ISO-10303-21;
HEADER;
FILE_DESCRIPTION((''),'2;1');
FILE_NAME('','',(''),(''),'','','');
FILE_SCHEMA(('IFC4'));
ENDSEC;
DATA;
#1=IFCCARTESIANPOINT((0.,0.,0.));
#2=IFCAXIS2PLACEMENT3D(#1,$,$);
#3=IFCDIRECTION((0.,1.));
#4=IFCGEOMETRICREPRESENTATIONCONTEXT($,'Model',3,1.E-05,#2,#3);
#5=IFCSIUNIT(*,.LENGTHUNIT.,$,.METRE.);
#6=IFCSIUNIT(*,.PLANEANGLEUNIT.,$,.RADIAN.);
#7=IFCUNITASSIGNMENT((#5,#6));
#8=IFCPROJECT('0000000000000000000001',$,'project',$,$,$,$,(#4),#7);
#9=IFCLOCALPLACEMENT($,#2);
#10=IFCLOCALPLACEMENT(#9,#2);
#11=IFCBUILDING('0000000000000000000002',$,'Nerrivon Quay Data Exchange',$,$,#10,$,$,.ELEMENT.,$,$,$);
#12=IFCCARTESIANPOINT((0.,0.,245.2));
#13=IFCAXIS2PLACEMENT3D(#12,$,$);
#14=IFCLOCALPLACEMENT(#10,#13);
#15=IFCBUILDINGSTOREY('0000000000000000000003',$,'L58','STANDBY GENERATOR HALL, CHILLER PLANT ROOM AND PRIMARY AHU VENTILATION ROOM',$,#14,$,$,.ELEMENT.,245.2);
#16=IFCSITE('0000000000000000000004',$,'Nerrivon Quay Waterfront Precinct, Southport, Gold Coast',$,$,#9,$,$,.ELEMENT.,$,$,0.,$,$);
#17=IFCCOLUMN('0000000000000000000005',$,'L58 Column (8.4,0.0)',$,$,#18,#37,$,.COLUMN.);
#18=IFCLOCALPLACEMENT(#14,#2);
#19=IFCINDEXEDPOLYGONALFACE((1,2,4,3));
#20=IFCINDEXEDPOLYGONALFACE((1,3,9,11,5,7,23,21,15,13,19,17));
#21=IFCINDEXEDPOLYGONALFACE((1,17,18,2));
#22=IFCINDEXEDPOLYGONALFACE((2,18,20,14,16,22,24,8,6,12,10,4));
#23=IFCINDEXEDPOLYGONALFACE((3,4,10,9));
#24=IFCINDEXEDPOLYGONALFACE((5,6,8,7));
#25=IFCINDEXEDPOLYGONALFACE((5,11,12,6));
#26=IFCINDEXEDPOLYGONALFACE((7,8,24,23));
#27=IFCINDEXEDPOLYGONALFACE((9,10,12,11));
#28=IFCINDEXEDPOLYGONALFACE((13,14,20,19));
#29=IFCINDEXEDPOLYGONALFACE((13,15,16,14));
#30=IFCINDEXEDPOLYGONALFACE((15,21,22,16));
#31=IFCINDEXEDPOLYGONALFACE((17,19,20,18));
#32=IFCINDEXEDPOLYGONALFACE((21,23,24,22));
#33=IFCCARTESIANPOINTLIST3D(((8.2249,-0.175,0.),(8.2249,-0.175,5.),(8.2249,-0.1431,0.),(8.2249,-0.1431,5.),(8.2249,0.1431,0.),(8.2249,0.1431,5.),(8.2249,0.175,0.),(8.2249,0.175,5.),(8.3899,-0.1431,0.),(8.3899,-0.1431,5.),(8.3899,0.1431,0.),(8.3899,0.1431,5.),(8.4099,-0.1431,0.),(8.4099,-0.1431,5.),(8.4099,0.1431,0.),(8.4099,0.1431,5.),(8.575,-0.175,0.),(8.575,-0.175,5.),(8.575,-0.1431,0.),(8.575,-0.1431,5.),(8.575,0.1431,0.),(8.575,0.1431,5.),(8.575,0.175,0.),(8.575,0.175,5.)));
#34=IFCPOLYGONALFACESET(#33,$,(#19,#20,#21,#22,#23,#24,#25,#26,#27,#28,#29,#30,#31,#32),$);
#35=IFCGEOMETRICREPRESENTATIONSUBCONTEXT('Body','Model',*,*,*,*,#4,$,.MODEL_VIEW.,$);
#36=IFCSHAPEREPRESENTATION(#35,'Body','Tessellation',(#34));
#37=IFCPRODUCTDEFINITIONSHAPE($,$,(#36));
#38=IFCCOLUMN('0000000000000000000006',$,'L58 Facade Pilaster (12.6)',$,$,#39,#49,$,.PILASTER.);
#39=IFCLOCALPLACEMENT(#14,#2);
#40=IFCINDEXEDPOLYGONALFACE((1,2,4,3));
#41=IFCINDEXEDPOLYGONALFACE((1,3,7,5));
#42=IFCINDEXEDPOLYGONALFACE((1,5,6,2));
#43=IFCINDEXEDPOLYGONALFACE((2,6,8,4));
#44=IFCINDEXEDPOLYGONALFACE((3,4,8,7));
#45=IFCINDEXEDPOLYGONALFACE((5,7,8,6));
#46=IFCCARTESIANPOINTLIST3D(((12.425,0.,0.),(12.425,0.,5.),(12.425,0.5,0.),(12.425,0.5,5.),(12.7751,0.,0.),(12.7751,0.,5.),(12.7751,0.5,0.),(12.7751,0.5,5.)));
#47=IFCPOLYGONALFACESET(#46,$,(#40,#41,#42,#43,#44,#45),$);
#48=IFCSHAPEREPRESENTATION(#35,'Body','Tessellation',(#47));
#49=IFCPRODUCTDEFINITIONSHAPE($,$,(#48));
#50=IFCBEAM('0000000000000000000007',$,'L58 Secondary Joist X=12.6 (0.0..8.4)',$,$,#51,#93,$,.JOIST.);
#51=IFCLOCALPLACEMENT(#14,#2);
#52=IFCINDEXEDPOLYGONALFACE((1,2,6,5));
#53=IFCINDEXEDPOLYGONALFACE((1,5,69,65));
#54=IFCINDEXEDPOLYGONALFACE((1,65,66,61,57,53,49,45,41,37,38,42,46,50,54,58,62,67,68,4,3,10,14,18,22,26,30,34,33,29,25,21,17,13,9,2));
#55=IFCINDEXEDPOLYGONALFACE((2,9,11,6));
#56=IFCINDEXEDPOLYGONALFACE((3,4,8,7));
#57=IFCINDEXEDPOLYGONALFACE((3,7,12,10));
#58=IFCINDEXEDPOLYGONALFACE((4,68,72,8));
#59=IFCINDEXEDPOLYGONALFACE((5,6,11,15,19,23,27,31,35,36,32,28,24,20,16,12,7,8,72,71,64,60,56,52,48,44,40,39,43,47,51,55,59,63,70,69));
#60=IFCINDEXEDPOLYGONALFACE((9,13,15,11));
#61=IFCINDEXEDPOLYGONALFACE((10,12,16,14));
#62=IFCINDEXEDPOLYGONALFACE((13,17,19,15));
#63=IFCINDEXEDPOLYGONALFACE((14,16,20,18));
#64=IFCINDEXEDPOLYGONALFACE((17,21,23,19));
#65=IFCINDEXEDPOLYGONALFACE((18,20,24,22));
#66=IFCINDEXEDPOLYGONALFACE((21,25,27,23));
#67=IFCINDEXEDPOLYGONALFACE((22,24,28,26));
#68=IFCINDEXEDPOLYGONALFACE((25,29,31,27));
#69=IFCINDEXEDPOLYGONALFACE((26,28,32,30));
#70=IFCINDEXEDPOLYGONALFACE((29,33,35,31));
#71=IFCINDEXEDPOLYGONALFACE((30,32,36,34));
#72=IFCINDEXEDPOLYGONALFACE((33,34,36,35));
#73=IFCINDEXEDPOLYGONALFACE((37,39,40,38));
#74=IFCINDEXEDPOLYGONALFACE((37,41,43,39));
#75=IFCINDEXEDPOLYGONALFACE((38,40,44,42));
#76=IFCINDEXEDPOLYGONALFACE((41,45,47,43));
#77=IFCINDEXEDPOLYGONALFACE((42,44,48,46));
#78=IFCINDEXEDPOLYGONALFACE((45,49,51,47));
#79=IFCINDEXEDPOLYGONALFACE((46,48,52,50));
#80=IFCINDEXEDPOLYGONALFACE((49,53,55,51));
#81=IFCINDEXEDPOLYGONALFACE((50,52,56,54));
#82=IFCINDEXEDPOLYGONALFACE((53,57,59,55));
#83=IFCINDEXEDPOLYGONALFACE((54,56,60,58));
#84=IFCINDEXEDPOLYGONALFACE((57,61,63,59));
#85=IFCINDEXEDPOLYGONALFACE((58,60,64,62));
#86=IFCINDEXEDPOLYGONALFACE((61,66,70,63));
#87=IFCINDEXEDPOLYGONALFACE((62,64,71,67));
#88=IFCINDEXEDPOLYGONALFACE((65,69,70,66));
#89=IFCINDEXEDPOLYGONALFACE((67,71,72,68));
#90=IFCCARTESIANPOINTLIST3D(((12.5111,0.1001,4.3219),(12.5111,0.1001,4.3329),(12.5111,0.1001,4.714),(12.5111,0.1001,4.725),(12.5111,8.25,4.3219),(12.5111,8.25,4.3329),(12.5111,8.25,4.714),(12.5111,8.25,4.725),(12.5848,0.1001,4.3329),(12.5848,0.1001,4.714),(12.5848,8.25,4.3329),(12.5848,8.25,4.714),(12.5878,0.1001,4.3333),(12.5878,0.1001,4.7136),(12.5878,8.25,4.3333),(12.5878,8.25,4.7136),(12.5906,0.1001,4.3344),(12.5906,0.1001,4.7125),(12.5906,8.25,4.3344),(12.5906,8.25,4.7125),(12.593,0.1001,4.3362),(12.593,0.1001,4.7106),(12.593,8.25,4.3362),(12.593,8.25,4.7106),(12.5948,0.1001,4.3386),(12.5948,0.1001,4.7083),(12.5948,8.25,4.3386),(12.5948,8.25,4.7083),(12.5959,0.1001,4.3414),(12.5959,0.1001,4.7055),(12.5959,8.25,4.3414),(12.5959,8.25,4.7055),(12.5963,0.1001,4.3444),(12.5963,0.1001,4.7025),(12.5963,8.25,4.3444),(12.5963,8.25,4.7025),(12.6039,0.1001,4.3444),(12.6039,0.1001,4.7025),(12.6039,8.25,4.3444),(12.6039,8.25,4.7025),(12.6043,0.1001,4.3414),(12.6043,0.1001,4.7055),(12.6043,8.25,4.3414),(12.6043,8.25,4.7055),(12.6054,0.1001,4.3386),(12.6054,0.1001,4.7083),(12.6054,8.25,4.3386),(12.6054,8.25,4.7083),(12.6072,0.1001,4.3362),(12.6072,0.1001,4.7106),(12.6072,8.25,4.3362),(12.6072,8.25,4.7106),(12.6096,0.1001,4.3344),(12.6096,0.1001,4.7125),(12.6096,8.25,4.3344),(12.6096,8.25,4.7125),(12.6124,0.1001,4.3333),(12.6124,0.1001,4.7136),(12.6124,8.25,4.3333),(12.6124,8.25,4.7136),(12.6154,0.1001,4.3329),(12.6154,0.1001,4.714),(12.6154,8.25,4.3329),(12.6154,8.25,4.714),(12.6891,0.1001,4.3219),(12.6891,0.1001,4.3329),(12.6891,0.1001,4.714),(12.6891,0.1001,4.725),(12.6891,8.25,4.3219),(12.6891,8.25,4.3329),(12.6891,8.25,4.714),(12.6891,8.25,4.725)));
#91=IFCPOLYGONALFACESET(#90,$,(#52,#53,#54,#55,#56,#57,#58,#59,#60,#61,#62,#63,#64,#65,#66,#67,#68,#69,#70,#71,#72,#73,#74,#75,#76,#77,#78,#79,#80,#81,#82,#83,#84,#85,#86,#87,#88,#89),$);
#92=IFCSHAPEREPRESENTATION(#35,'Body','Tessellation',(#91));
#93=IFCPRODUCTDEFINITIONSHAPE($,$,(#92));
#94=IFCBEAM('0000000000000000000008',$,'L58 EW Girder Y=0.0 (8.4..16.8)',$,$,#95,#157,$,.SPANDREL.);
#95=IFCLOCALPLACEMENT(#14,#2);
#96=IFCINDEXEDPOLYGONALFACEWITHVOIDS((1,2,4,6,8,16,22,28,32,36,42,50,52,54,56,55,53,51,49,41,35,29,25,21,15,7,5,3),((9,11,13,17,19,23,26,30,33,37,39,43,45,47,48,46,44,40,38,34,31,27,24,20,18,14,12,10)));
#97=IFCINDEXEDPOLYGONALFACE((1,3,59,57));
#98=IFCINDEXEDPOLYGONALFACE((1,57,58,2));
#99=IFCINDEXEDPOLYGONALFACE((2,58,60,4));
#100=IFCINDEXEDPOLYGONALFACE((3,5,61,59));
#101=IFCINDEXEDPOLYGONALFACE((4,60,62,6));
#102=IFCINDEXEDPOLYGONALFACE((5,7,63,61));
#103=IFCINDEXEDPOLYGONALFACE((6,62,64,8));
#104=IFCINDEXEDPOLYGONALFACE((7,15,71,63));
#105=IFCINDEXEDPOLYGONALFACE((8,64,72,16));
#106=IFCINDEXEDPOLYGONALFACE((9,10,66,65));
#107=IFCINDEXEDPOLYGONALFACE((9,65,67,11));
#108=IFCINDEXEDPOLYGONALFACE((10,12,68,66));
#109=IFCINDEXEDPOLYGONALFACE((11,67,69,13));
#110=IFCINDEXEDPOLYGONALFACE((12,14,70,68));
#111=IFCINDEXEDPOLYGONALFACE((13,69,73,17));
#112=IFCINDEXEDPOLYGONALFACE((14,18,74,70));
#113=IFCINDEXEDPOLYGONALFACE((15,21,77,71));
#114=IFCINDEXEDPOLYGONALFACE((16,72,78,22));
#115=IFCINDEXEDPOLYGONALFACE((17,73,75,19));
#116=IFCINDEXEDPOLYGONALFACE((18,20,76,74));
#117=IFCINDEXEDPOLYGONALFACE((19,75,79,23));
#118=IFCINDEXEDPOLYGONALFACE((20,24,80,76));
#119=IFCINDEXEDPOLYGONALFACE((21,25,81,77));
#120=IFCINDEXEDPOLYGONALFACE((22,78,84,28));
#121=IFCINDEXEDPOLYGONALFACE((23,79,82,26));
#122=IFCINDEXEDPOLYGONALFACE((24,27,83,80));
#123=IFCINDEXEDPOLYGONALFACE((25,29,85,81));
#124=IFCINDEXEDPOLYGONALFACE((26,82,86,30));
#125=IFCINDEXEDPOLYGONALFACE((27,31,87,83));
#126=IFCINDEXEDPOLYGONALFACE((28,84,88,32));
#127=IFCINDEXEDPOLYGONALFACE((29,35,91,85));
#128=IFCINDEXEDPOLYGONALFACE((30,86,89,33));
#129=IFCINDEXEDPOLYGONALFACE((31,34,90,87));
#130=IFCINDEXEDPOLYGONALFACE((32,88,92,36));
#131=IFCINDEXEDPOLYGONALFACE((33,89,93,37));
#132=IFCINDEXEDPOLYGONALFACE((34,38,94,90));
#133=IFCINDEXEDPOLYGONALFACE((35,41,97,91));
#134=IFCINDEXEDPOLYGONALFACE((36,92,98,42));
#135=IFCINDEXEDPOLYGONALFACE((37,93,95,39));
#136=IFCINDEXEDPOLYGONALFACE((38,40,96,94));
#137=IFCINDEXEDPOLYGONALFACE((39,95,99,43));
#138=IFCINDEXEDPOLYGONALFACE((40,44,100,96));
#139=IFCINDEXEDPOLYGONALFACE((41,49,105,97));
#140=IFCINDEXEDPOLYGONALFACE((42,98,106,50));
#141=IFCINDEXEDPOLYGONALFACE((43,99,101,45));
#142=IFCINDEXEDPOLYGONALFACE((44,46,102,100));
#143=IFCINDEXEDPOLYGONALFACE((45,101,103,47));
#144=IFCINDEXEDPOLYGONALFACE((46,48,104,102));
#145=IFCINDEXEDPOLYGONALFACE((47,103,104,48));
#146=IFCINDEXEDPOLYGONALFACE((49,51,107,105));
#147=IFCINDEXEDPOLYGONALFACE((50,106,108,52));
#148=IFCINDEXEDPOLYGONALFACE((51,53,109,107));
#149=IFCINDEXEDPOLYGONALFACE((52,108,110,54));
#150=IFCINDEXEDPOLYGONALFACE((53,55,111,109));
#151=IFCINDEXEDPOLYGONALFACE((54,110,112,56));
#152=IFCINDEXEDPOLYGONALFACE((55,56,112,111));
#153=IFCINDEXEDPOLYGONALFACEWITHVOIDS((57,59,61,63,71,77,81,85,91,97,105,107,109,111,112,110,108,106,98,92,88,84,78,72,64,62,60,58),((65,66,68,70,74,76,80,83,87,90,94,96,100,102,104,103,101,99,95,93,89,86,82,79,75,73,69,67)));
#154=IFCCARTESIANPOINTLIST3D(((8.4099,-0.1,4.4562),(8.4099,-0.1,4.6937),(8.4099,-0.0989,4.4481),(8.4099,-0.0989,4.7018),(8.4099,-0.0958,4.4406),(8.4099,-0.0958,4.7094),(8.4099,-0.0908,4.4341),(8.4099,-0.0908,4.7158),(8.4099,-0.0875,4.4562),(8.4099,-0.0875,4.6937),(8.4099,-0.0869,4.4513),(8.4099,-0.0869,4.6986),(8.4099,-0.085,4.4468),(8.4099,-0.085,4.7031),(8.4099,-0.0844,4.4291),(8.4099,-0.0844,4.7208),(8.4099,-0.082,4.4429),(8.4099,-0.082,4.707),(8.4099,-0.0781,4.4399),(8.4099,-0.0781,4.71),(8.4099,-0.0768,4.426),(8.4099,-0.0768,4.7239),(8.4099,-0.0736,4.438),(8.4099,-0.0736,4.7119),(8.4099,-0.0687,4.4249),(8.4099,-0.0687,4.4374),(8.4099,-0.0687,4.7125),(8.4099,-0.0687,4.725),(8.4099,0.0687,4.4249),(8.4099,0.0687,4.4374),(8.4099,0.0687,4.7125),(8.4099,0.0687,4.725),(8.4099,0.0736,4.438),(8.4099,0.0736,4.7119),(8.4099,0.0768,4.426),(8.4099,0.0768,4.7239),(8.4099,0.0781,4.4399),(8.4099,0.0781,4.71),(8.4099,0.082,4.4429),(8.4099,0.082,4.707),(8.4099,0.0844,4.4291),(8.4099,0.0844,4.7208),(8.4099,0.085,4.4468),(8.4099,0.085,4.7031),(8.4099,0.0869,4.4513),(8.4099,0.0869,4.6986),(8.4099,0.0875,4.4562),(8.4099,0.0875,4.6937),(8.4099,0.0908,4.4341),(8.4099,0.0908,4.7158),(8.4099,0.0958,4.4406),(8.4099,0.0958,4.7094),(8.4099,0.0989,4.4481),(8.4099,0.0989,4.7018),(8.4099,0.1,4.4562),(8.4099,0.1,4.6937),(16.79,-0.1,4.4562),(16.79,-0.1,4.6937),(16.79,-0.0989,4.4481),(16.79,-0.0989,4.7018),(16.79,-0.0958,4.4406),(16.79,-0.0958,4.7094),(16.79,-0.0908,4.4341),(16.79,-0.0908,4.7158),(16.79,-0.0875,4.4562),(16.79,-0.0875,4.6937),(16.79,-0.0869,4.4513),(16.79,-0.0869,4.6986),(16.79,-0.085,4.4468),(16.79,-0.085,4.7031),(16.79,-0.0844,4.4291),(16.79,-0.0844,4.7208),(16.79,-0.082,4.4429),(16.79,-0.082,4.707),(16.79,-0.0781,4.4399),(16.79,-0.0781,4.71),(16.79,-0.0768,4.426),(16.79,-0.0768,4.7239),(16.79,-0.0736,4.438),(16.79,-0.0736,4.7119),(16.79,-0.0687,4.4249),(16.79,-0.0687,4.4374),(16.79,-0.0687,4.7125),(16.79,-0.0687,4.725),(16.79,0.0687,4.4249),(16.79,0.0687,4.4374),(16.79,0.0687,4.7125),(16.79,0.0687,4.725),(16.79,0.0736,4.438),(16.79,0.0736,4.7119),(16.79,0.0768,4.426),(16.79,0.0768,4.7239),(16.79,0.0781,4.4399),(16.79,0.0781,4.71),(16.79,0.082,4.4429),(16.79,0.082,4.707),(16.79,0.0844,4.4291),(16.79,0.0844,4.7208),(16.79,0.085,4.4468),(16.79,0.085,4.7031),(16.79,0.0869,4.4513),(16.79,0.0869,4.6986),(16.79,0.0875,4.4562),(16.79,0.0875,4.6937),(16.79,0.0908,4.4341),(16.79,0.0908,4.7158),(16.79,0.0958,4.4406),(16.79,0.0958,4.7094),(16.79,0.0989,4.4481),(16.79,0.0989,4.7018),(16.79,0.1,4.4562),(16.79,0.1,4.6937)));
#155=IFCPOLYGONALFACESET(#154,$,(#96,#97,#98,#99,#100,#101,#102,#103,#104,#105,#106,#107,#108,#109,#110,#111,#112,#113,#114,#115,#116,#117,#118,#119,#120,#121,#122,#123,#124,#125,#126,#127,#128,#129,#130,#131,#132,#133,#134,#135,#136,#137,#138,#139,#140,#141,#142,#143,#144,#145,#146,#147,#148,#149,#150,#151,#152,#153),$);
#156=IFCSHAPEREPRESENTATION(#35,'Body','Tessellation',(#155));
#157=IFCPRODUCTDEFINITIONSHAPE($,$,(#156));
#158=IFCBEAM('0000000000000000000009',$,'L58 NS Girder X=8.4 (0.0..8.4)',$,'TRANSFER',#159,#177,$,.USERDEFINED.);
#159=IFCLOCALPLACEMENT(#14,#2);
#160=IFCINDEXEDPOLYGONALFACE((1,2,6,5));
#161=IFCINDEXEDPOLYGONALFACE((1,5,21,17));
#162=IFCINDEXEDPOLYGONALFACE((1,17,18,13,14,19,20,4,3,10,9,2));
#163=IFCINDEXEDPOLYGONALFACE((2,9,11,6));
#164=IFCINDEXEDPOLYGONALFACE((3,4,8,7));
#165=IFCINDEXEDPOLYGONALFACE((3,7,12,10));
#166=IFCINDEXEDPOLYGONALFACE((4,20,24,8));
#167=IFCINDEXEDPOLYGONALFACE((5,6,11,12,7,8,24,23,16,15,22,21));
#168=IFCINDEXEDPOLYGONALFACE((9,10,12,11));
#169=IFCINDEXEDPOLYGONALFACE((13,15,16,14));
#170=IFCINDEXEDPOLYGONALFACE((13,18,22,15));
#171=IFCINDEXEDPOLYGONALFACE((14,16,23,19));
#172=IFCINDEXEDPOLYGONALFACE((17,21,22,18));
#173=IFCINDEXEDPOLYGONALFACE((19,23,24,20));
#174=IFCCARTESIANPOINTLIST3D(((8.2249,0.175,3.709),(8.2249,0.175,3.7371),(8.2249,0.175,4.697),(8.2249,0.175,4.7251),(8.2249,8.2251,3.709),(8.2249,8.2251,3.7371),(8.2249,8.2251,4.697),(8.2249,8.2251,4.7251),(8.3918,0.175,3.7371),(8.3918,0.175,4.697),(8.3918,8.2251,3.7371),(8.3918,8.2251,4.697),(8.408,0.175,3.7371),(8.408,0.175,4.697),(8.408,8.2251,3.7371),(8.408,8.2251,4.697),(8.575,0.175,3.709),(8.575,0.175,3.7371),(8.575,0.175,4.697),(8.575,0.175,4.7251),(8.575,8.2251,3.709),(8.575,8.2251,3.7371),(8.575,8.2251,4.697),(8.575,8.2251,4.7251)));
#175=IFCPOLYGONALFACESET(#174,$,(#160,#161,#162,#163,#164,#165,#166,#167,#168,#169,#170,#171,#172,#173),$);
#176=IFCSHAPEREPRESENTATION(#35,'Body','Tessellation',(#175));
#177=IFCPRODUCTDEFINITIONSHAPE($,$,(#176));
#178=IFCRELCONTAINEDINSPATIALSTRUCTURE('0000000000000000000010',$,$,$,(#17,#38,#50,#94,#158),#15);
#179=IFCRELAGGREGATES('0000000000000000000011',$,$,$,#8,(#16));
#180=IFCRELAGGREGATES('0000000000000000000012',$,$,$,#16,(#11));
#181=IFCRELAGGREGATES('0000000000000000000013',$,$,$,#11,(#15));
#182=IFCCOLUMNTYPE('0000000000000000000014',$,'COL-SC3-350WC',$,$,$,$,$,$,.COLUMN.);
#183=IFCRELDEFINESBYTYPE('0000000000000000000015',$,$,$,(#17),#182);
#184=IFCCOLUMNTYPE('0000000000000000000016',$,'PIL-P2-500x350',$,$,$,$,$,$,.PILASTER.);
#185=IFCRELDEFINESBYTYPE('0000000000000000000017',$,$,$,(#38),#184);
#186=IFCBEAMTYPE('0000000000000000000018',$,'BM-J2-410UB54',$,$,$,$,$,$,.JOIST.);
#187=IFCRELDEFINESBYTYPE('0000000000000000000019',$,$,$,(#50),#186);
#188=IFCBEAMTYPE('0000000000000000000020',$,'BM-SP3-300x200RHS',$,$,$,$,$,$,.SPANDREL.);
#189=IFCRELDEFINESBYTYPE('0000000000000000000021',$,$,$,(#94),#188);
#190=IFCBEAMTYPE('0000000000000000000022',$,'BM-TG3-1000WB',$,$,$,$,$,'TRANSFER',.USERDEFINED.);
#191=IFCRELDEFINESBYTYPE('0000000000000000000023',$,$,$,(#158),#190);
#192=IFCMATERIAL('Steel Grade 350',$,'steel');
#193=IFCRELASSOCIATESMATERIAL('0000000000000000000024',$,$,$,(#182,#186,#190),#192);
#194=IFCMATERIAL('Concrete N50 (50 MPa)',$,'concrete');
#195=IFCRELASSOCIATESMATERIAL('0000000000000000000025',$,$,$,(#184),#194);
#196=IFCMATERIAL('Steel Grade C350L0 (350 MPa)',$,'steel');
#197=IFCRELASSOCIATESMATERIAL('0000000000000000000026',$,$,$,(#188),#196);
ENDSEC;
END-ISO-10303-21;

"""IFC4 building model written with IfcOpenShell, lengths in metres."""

from ifc_helpers import new_model, si_unit, direction, frame, origin, origin_2d, place, context, subcontext, project, spatial, rectangle, hollow_rectangle, i_section, extrude, material, material_profile, profile_set, type_object, element, save


model = new_model("IFC4")

# Units and contexts
model_context = context("Model", 3, precision=1e-05, world=origin(), true_north=direction((0.0, 1.0)))
body_context = subcontext(model_context, "Body", "Model", "MODEL_VIEW")
ifc_project = project(units=[si_unit("LENGTHUNIT", "METRE"), si_unit("PLANEANGLEUNIT", "RADIAN")], contexts=[model_context])

# Site, building, storey
site_placement = place(None, origin())
site = spatial("IfcSite", under=ifc_project, at=site_placement, Name="Nerrivon Quay Waterfront Precinct, Southport, Gold Coast", CompositionType="ELEMENT", RefElevation=0.0)
building_placement = place(site_placement, origin())
building = spatial("IfcBuilding", under=site, at=building_placement, Name="Nerrivon Quay Data Exchange", CompositionType="ELEMENT")
storey_placement = place(building_placement, frame((0.0, 0.0, 245.2)))
storey = spatial("IfcBuildingStorey", under=building, at=storey_placement, Name="L58", Description="STANDBY GENERATOR HALL, CHILLER PLANT ROOM AND PRIMARY AHU VENTILATION ROOM", CompositionType="ELEMENT", Elevation=245.2)

# Columns
ifc_material_1 = material(Name="Steel Grade 350", Category="steel")
ifc_material_profile_1 = material_profile(ifc_material_1, i_section(OverallWidth=0.3501, OverallDepth=0.3501, WebThickness=0.02, FlangeThickness=0.032, at=origin_2d()), Name="350WC230")
ifc_profile_set_1 = profile_set([ifc_material_profile_1], Name="Steel Grade 350")
column_type_1 = type_object("IfcColumnType", Name="COL-SC3-350WC", PredefinedType="COLUMN", material=ifc_profile_set_1)
column_1_placement = place(storey_placement, frame((8.3999, 0.0, 0.0), z_axis=(0.0, 0.0, 1.0), x_axis=(1.0, 0.0, 0.0)))
element("IfcColumn", 1, at=column_1_placement, inside=storey, type_object=column_type_1, Name="L58 Column (8.4,0.0)", PredefinedType="COLUMN", context=body_context, shape_type="SweptSolid", body=[
    extrude(i_section(OverallWidth=0.3501, OverallDepth=0.3501, WebThickness=0.02, FlangeThickness=0.032, at=origin_2d()), origin(), (0.0, 0.0, 1.0), 5.0),
])
ifc_material_2 = material(Name="Concrete N50 (50 MPa)", Category="concrete")
ifc_material_profile_2 = material_profile(ifc_material_2, rectangle(XDim=0.3501, YDim=0.5, at=origin_2d()), Name="RC-PIL-500x350")
ifc_profile_set_2 = profile_set([ifc_material_profile_2], Name="Concrete N50 (50 MPa)")
column_type_2 = type_object("IfcColumnType", Name="PIL-P2-500x350", PredefinedType="PILASTER", material=ifc_profile_set_2)
column_2_placement = place(storey_placement, frame((12.6001, 0.25, 0.0), z_axis=(0.0, 0.0, 1.0), x_axis=(1.0, 0.0, 0.0)))
element("IfcColumn", 2, at=column_2_placement, inside=storey, type_object=column_type_2, Name="L58 Facade Pilaster (12.6)", PredefinedType="PILASTER", context=body_context, shape_type="SweptSolid", body=[
    extrude(rectangle(XDim=0.3501, YDim=0.5, at=origin_2d()), origin(), (0.0, 0.0, 1.0), 5.0),
])

# Beams
ifc_material_profile_3 = material_profile(ifc_material_1, i_section(OverallWidth=0.178, OverallDepth=0.4031, WebThickness=0.0076, FlangeThickness=0.011, FilletRadius=0.0115, at=origin_2d()), Name="410UB53.7")
ifc_profile_set_3 = profile_set([ifc_material_profile_3], Name="Steel Grade 350")
beam_type_1 = type_object("IfcBeamType", Name="BM-J2-410UB54", PredefinedType="JOIST", material=ifc_profile_set_3)
beam_1_placement = place(storey_placement, frame((12.6001, 0.1001, 4.5234), z_axis=(0.0, 1.0, 0.0), x_axis=(-1.0, 0.0, 0.0)))
element("IfcBeam", 3, at=beam_1_placement, inside=storey, type_object=beam_type_1, Name="L58 Secondary Joist X=12.6 (0.0..8.4)", PredefinedType="JOIST", context=body_context, shape_type="SweptSolid", body=[
    extrude(i_section(OverallWidth=0.178, OverallDepth=0.4031, WebThickness=0.0076, FlangeThickness=0.011, FilletRadius=0.0115, at=origin_2d()), origin(), (0.0, 0.0, 1.0), 8.1499),
])
ifc_material_3 = material(Name="Steel Grade C350L0 (350 MPa)", Category="steel")
ifc_material_profile_4 = material_profile(ifc_material_3, hollow_rectangle(XDim=0.2, YDim=0.3, WallThickness=0.0125, InnerFilletRadius=0.0188, OuterFilletRadius=0.0312, at=origin_2d()), Name="300x200x12.5RHS")
ifc_profile_set_4 = profile_set([ifc_material_profile_4], Name="Steel Grade C350L0 (350 MPa)")
beam_type_2 = type_object("IfcBeamType", Name="BM-SP3-300x200RHS", PredefinedType="SPANDREL", material=ifc_profile_set_4)
beam_2_placement = place(storey_placement, frame((8.4099, 0.0, 4.575), z_axis=(1.0, 0.0, 0.0), x_axis=(0.0, 1.0, 0.0)))
element("IfcBeam", 4, at=beam_2_placement, inside=storey, type_object=beam_type_2, Name="L58 EW Girder Y=0.0 (8.4..16.8)", PredefinedType="SPANDREL", context=body_context, shape_type="SweptSolid", body=[
    extrude(hollow_rectangle(XDim=0.2, YDim=0.3, WallThickness=0.0125, InnerFilletRadius=0.0188, OuterFilletRadius=0.0312, at=origin_2d()), origin(), (0.0, 0.0, 1.0), 8.3801),
])
ifc_material_profile_5 = material_profile(ifc_material_1, i_section(OverallWidth=0.3501, OverallDepth=1.0161, WebThickness=0.0161, FlangeThickness=0.0281, at=origin_2d()), Name="1000WB258")
ifc_profile_set_5 = profile_set([ifc_material_profile_5], Name="Steel Grade 350")
beam_type_3 = type_object("IfcBeamType", Name="BM-TG3-1000WB", ElementType="TRANSFER", PredefinedType="USERDEFINED", material=ifc_profile_set_5)
beam_3_placement = place(storey_placement, frame((8.3999, 0.175, 4.217), z_axis=(0.0, 1.0, 0.0), x_axis=(-1.0, 0.0, 0.0)))
element("IfcBeam", 5, at=beam_3_placement, inside=storey, type_object=beam_type_3, Name="L58 NS Girder X=8.4 (0.0..8.4)", ObjectType="TRANSFER", PredefinedType="USERDEFINED", context=body_context, shape_type="SweptSolid", body=[
    extrude(i_section(OverallWidth=0.3501, OverallDepth=1.0161, WebThickness=0.0161, FlangeThickness=0.0281, at=origin_2d()), origin(), (0.0, 0.0, 1.0), 8.05),
])

save(model, "model.ifc")
